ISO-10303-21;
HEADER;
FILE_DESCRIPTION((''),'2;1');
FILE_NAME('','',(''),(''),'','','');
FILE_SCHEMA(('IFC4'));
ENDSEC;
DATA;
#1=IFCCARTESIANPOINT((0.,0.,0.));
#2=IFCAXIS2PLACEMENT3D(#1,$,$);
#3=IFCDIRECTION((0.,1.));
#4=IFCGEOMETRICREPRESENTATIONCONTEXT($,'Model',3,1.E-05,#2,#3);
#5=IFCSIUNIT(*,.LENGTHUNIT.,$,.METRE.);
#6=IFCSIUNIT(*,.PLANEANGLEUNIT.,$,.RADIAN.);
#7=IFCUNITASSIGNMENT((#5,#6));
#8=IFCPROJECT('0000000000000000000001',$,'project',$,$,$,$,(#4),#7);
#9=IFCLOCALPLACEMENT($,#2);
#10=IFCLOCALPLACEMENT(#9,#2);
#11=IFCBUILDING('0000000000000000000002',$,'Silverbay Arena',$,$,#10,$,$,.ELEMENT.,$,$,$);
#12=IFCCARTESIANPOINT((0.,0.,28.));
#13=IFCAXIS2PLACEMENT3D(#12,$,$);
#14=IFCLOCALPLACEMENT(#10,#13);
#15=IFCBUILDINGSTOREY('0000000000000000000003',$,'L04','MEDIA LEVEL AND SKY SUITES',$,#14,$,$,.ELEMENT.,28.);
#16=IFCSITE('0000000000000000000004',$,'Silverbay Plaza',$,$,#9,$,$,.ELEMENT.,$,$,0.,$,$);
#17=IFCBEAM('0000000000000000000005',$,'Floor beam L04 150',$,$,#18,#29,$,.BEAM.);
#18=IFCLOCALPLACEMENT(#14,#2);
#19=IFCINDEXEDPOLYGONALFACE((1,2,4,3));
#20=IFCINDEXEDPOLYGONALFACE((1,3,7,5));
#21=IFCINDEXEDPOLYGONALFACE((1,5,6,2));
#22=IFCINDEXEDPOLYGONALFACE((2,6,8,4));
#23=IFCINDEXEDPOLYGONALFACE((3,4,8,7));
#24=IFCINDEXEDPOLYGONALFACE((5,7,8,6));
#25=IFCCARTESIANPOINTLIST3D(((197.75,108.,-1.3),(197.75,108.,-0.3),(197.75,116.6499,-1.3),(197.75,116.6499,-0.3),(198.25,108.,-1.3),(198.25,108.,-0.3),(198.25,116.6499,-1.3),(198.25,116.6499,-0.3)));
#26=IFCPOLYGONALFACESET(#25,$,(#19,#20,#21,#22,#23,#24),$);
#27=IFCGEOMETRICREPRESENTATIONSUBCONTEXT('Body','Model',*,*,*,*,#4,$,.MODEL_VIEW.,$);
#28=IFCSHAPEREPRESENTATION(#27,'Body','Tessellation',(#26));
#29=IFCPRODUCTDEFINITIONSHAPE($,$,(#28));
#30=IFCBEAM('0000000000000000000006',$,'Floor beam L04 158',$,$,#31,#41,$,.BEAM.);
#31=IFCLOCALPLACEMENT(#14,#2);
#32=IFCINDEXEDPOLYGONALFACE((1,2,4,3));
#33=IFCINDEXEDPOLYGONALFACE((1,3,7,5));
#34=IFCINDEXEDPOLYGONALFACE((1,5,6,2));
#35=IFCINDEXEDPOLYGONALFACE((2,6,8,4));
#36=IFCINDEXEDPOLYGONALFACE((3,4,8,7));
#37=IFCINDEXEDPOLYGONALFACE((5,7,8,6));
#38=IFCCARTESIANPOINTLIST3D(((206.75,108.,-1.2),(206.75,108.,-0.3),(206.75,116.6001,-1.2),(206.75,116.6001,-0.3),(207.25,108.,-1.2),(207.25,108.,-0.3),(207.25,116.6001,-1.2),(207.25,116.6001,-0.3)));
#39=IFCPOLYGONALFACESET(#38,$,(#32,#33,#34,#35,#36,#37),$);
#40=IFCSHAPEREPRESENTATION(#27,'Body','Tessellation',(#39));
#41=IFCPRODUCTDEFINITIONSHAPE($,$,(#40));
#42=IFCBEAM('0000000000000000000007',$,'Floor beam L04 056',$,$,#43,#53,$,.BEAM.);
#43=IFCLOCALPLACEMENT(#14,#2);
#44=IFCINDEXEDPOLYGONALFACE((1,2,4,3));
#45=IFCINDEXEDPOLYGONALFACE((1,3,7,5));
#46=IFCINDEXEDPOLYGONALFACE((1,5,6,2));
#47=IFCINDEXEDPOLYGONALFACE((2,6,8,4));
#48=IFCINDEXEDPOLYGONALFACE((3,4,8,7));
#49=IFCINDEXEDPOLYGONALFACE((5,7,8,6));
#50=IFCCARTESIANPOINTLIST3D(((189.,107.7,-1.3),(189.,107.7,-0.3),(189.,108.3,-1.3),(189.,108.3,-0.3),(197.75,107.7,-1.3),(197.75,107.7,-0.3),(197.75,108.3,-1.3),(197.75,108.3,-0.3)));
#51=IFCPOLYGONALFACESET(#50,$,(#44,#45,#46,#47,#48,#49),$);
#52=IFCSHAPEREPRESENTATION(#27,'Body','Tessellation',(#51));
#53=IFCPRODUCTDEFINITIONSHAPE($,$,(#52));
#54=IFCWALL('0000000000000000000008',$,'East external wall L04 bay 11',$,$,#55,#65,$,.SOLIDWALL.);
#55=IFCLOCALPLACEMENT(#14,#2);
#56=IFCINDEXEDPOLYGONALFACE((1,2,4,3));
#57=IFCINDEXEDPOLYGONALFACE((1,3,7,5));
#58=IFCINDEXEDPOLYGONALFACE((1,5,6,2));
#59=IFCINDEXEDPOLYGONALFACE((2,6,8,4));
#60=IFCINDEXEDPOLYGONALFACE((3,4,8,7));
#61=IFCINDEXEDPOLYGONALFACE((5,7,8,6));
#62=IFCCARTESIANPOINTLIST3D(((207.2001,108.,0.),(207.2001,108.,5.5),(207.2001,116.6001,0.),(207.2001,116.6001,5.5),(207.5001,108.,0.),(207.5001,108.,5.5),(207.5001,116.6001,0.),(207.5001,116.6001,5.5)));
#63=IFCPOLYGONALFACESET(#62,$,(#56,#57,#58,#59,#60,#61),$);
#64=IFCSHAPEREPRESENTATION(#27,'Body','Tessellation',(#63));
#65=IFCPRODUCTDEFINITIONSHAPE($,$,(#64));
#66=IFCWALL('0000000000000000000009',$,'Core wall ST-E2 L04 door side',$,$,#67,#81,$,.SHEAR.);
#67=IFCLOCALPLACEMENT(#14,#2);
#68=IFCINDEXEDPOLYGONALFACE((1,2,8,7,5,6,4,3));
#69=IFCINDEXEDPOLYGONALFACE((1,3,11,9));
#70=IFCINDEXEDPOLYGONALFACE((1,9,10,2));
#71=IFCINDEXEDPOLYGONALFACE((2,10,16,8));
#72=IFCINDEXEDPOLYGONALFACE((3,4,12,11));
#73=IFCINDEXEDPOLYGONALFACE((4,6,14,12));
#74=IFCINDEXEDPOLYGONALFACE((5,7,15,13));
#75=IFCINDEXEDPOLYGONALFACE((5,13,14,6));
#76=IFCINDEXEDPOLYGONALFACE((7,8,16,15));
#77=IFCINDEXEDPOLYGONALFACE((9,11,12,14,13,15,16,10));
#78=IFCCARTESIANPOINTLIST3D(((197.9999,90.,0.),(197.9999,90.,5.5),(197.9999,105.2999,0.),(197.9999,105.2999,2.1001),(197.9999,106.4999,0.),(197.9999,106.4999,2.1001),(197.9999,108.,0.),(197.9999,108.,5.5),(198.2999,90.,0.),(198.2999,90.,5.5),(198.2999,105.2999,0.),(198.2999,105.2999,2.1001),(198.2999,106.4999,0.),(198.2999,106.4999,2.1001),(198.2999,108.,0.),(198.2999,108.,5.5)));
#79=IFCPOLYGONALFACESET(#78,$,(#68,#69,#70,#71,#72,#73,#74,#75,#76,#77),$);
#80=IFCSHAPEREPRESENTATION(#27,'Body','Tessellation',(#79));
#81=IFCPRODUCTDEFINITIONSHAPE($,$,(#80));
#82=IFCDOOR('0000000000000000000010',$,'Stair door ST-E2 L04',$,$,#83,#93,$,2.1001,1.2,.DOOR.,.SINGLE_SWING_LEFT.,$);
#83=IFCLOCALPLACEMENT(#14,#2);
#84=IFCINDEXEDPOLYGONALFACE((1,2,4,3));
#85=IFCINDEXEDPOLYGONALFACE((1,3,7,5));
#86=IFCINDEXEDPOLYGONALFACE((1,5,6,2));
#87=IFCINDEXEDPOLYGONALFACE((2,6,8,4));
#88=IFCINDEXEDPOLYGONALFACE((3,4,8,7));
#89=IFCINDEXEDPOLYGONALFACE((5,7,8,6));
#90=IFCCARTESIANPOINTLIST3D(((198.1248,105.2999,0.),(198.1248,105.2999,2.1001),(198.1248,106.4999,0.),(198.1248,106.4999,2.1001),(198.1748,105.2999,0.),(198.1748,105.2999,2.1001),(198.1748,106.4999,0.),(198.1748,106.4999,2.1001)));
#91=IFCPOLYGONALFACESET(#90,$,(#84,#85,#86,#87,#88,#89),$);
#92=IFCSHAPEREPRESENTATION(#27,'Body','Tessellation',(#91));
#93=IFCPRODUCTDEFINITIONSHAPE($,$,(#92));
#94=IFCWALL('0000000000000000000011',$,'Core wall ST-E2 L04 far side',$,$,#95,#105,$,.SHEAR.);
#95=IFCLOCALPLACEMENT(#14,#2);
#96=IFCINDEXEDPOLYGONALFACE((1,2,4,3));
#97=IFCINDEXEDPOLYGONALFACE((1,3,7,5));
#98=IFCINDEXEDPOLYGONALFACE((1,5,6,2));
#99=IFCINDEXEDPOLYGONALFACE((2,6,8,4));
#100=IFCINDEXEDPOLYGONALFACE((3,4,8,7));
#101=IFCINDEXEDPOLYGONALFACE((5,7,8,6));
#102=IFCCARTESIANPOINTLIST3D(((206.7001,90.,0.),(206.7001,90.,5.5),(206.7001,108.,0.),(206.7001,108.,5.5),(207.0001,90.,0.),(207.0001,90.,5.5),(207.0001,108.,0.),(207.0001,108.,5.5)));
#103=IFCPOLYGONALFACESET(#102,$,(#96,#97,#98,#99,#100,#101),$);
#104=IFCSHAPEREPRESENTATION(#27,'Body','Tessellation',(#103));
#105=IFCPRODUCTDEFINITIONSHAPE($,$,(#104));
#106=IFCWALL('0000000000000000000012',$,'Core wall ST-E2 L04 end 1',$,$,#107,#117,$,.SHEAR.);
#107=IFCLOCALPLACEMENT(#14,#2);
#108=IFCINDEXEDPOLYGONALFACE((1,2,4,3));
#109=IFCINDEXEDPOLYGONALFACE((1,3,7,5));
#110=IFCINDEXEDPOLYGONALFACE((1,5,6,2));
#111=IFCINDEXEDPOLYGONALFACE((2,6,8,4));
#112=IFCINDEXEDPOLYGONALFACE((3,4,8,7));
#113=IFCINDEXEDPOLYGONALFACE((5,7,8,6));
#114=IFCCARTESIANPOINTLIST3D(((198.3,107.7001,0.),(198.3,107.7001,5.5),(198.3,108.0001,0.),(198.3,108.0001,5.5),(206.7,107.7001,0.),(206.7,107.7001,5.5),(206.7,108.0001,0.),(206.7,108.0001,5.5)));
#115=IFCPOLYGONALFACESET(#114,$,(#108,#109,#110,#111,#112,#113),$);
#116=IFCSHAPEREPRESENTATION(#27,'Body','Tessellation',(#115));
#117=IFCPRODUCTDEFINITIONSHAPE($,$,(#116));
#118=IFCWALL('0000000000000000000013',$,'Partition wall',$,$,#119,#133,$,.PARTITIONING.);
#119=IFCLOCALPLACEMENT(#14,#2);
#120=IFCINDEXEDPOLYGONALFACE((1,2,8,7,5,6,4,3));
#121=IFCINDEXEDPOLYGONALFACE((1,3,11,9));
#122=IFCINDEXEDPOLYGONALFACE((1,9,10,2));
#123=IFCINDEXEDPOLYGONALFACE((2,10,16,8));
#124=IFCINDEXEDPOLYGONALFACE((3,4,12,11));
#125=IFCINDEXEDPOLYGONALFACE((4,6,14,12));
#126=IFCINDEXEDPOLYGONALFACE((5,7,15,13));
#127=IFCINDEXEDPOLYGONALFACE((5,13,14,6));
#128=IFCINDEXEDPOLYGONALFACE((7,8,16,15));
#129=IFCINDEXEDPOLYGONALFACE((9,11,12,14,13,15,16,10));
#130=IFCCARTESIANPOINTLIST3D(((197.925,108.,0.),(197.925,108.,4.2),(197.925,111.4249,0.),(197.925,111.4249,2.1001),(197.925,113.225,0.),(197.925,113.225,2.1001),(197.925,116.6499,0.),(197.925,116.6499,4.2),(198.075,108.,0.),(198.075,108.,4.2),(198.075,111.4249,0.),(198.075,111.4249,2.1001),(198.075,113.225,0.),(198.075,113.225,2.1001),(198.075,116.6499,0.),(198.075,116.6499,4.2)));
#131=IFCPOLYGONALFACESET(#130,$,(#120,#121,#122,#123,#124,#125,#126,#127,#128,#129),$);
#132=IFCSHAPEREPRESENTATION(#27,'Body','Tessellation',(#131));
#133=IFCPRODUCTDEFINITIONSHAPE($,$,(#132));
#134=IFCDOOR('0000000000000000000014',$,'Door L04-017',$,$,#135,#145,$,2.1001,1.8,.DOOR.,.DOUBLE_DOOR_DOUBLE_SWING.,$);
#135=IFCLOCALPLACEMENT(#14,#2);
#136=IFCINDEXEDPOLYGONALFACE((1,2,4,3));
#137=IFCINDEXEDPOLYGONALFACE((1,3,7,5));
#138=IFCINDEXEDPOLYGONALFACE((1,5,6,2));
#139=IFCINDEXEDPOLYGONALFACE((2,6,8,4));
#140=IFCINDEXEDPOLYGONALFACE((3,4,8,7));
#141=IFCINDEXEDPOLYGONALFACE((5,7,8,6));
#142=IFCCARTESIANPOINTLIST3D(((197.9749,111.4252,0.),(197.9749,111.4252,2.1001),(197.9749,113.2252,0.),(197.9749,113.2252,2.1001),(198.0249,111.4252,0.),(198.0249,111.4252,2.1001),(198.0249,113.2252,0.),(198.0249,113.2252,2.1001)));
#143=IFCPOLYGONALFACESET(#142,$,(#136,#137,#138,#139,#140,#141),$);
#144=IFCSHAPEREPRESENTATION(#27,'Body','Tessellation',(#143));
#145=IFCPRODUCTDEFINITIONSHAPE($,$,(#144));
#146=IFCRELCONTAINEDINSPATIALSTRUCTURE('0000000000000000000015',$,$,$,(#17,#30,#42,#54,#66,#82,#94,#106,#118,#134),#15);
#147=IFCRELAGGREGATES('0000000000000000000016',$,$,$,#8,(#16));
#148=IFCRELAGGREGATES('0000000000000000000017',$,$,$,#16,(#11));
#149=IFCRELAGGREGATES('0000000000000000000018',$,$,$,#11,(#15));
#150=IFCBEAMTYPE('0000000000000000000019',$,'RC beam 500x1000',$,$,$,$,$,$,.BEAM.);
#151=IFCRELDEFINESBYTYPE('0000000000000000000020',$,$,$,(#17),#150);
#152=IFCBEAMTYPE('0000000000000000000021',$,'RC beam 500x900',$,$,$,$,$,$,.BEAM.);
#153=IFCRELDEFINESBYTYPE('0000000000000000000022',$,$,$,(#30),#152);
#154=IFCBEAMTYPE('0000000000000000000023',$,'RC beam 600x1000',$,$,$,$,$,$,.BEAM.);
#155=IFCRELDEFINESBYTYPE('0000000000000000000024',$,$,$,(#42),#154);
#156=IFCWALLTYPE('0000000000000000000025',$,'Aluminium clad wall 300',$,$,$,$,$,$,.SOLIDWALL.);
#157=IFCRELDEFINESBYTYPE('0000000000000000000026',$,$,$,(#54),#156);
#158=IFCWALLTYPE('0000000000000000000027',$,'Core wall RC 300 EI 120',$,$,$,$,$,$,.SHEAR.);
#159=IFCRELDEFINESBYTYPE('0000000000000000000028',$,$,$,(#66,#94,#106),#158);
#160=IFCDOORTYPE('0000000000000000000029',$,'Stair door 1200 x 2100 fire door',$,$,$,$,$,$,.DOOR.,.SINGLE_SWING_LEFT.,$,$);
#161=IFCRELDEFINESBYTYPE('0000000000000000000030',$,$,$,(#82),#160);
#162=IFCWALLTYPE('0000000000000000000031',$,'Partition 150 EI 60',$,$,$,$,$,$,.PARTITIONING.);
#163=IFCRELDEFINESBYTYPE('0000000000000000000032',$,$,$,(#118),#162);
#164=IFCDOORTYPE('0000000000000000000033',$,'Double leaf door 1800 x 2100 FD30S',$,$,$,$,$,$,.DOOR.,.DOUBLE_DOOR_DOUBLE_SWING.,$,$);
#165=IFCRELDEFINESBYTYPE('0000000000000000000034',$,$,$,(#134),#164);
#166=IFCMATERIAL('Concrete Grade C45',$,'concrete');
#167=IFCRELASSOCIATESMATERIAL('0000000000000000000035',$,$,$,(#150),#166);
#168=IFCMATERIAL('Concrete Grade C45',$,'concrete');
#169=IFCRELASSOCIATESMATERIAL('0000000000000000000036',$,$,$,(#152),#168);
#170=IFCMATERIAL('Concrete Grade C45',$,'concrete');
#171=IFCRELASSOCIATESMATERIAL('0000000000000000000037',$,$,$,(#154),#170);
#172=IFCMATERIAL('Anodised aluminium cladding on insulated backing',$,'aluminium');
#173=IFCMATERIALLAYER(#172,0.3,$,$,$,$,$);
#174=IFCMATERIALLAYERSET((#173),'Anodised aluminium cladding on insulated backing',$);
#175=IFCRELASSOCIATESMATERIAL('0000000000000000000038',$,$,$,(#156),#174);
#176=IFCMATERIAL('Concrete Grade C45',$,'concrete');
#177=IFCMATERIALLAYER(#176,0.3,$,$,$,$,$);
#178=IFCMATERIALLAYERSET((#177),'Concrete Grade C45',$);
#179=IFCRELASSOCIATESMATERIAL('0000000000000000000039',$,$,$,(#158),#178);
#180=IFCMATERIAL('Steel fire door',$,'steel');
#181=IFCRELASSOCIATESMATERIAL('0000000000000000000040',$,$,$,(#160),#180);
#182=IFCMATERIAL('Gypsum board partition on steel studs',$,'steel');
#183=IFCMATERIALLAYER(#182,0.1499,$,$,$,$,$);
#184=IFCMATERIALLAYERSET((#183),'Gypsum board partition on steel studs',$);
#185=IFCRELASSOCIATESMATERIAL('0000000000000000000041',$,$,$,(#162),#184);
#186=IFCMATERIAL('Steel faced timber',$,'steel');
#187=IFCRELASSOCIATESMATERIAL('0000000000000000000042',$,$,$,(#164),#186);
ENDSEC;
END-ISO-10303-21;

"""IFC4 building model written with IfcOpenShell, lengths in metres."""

from ifc_helpers import new_model, si_unit, direction, frame, frame_2d, origin, origin_2d, place, context, subcontext, project, spatial, rectangle, extrude, material, layer, layer_set, material_profile, profile_set, type_object, element, fill, save


model = new_model("IFC4")

# Units and contexts
model_context = context("Model", 3, precision=1e-05, world=origin(), true_north=direction((0.0, 1.0)))
body_context = subcontext(model_context, "Body", "Model", "MODEL_VIEW")
ifc_project = project(units=[si_unit("LENGTHUNIT", "METRE"), si_unit("PLANEANGLEUNIT", "RADIAN")], contexts=[model_context])

# Site, building, storey
site_placement = place(None, origin())
site = spatial("IfcSite", under=ifc_project, at=site_placement, Name="Silverbay Plaza", CompositionType="ELEMENT", RefElevation=0.0)
building_placement = place(site_placement, origin())
building = spatial("IfcBuilding", under=site, at=building_placement, Name="Silverbay Arena", CompositionType="ELEMENT")
storey_placement = place(building_placement, frame((0.0, 0.0, 28.0)))
storey = spatial("IfcBuildingStorey", under=building, at=storey_placement, Name="L04", Description="MEDIA LEVEL AND SKY SUITES", CompositionType="ELEMENT", Elevation=28.0)

# Beams
ifc_material_1 = material(Name="Concrete Grade C45", Category="concrete")
ifc_material_profile_1 = material_profile(ifc_material_1, rectangle(XDim=0.5, YDim=1.0, at=origin_2d()), Name="RC 500x1000")
ifc_profile_set_1 = profile_set([ifc_material_profile_1], Name="Concrete Grade C45")
beam_type_1 = type_object("IfcBeamType", Name="RC beam 500x1000", PredefinedType="BEAM", material=ifc_profile_set_1)
beam_1_placement = place(storey_placement, frame((198.0, 108.0, -0.8), z_axis=(0.0, 1.0, 0.0), x_axis=(-1.0, 0.0, 0.0)))
element("IfcBeam", 1, at=beam_1_placement, inside=storey, type_object=beam_type_1, Name="Floor beam L04 150", PredefinedType="BEAM", context=body_context, shape_type="SweptSolid", body=[
    extrude(rectangle(XDim=0.5, YDim=1.0, at=origin_2d()), origin(), (0.0, 0.0, 1.0), 8.6499),
])
ifc_material_2 = material(Name="Concrete Grade C45", Category="concrete")
ifc_material_profile_2 = material_profile(ifc_material_2, rectangle(XDim=0.5, YDim=0.8999, at=origin_2d()), Name="RC 500x900")
ifc_profile_set_2 = profile_set([ifc_material_profile_2], Name="Concrete Grade C45")
beam_type_2 = type_object("IfcBeamType", Name="RC beam 500x900", PredefinedType="BEAM", material=ifc_profile_set_2)
beam_2_placement = place(storey_placement, frame((207.0, 108.0, -0.75), z_axis=(0.0, 1.0, 0.0), x_axis=(-1.0, 0.0, 0.0)))
element("IfcBeam", 2, at=beam_2_placement, inside=storey, type_object=beam_type_2, Name="Floor beam L04 158", PredefinedType="BEAM", context=body_context, shape_type="SweptSolid", body=[
    extrude(rectangle(XDim=0.5, YDim=0.8999, at=origin_2d()), origin(), (0.0, 0.0, 1.0), 8.6001),
])
ifc_material_3 = material(Name="Concrete Grade C45", Category="concrete")
ifc_material_profile_3 = material_profile(ifc_material_3, rectangle(XDim=0.6001, YDim=1.0, at=origin_2d()), Name="RC 600x1000")
ifc_profile_set_3 = profile_set([ifc_material_profile_3], Name="Concrete Grade C45")
beam_type_3 = type_object("IfcBeamType", Name="RC beam 600x1000", PredefinedType="BEAM", material=ifc_profile_set_3)
beam_3_placement = place(storey_placement, frame((189.0, 108.0, -0.8), z_axis=(1.0, 0.0, 0.0), x_axis=(0.0, 1.0, 0.0)))
element("IfcBeam", 3, at=beam_3_placement, inside=storey, type_object=beam_type_3, Name="Floor beam L04 056", PredefinedType="BEAM", context=body_context, shape_type="SweptSolid", body=[
    extrude(rectangle(XDim=0.6001, YDim=1.0, at=origin_2d()), origin(), (0.0, 0.0, 1.0), 8.75),
])

# Wall
ifc_material_4 = material(Name="Anodised aluminium cladding on insulated backing", Category="aluminium")
ifc_layer_1 = layer(ifc_material_4, 0.3)
ifc_layer_set_1 = layer_set([ifc_layer_1], Name="Anodised aluminium cladding on insulated backing")
wall_type_1 = type_object("IfcWallType", Name="Aluminium clad wall 300", PredefinedType="SOLIDWALL", material=ifc_layer_set_1)
wall_1_placement = place(storey_placement, frame((207.3501, 108.0, 0.0), z_axis=(0.0, 0.0, 1.0), x_axis=(0.0, 1.0, 0.0)))
element("IfcWall", 4, at=wall_1_placement, inside=storey, type_object=wall_type_1, Name="East external wall L04 bay 11", PredefinedType="SOLIDWALL", context=body_context, shape_type="SweptSolid", body=[
    extrude(rectangle(XDim=8.6001, YDim=0.3, at=frame_2d((4.3, 0.0))), origin(), (0.0, 0.0, 1.0), 5.5),
])

# Wall, opening, door
ifc_material_5 = material(Name="Concrete Grade C45", Category="concrete")
ifc_layer_2 = layer(ifc_material_5, 0.3)
ifc_layer_set_2 = layer_set([ifc_layer_2], Name="Concrete Grade C45")
wall_type_2 = type_object("IfcWallType", Name="Core wall RC 300 EI 120", PredefinedType="SHEAR", material=ifc_layer_set_2)
wall_2_placement = place(storey_placement, frame((198.1499, 108.0, 0.0), z_axis=(0.0, 0.0, 1.0), x_axis=(0.0, -1.0, 0.0)))
wall_2 = element("IfcWall", 5, at=wall_2_placement, inside=storey, type_object=wall_type_2, Name="Core wall ST-E2 L04 door side", PredefinedType="SHEAR", context=body_context, shape_type="SweptSolid", body=[
    extrude(rectangle(XDim=18.0, YDim=0.3, at=frame_2d((9.0, 0.0))), origin(), (0.0, 0.0, 1.0), 5.5),
])
opening_1_placement = place(wall_2_placement, frame((1.5, 0.0, 0.0)))
opening_1 = element("IfcOpeningElement", 6, at=opening_1_placement, cuts=wall_2, PredefinedType="OPENING", context=body_context, shape_type="SweptSolid", body=[
    extrude(rectangle(XDim=1.2, YDim=2.1001, at=frame_2d((0.6001, 1.05))), frame((0.0, 0.1602, 0.0), z_axis=(0.0, -1.0, 0.0), x_axis=(1.0, 0.0, 0.0)), (0.0, 0.0, 1.0), 0.3201),
])
ifc_material_6 = material(Name="Steel fire door", Category="steel")
door_type_1 = type_object("IfcDoorType", Name="Stair door 1200 x 2100 fire door", OperationType="SINGLE_SWING_LEFT", PredefinedType="DOOR", material=ifc_material_6)
door_1_placement = place(opening_1_placement, origin())
door_1 = element("IfcDoor", 7, at=door_1_placement, inside=storey, type_object=door_type_1, Name="Stair door ST-E2 L04", OperationType="SINGLE_SWING_LEFT", OverallHeight=2.1001, OverallWidth=1.2, PredefinedType="DOOR", context=body_context, shape_type="SweptSolid", body=[
    extrude(rectangle(XDim=1.2, YDim=2.1001, at=frame_2d((0.6001, 1.05))), frame((0.0, 0.0249, 0.0), z_axis=(0.0, -1.0, 0.0), x_axis=(1.0, 0.0, 0.0)), (0.0, 0.0, 1.0), 0.05),
])
fill(opening_1, door_1)

# Walls
wall_3_placement = place(storey_placement, frame((206.8501, 108.0, 0.0), z_axis=(0.0, 0.0, 1.0), x_axis=(0.0, -1.0, 0.0)))
element("IfcWall", 8, at=wall_3_placement, inside=storey, type_object=wall_type_2, Name="Core wall ST-E2 L04 far side", PredefinedType="SHEAR", context=body_context, shape_type="SweptSolid", body=[
    extrude(rectangle(XDim=18.0, YDim=0.3, at=frame_2d((9.0, 0.0))), origin(), (0.0, 0.0, 1.0), 5.5),
])
wall_4_placement = place(storey_placement, frame((198.3, 107.8501, 0.0), z_axis=(0.0, 0.0, 1.0), x_axis=(1.0, 0.0, 0.0)))
element("IfcWall", 9, at=wall_4_placement, inside=storey, type_object=wall_type_2, Name="Core wall ST-E2 L04 end 1", PredefinedType="SHEAR", context=body_context, shape_type="SweptSolid", body=[
    extrude(rectangle(XDim=8.3999, YDim=0.3, at=frame_2d((4.2, 0.0))), origin(), (0.0, 0.0, 1.0), 5.5),
])

# Wall, opening, door
ifc_material_7 = material(Name="Gypsum board partition on steel studs", Category="steel")
ifc_layer_3 = layer(ifc_material_7, 0.1499)
ifc_layer_set_3 = layer_set([ifc_layer_3], Name="Gypsum board partition on steel studs")
wall_type_3 = type_object("IfcWallType", Name="Partition 150 EI 60", PredefinedType="PARTITIONING", material=ifc_layer_set_3)
wall_5_placement = place(storey_placement, frame((198.0, 108.0, 0.0), z_axis=(0.0, 0.0, 1.0), x_axis=(0.0, 1.0, 0.0)))
wall_5 = element("IfcWall", 10, at=wall_5_placement, inside=storey, type_object=wall_type_3, Name="Partition wall", PredefinedType="PARTITIONING", context=body_context, shape_type="SweptSolid", body=[
    extrude(rectangle(XDim=8.6499, YDim=0.1499, at=frame_2d((4.325, 0.0))), origin(), (0.0, 0.0, 1.0), 4.2),
])
opening_2_placement = place(wall_5_placement, frame((3.425, 0.0, 0.0)))
opening_2 = element("IfcOpeningElement", 11, at=opening_2_placement, cuts=wall_5, PredefinedType="OPENING", context=body_context, shape_type="SweptSolid", body=[
    extrude(rectangle(XDim=1.8, YDim=2.1001, at=frame_2d((0.8999, 1.05))), frame((0.0, 0.085, 0.0), z_axis=(0.0, -1.0, 0.0), x_axis=(1.0, 0.0, 0.0)), (0.0, 0.0, 1.0), 0.1699),
])
ifc_material_8 = material(Name="Steel faced timber", Category="steel")
door_type_2 = type_object("IfcDoorType", Name="Double leaf door 1800 x 2100 FD30S", OperationType="DOUBLE_DOOR_DOUBLE_SWING", PredefinedType="DOOR", material=ifc_material_8)
door_2_placement = place(opening_2_placement, frame((1.8, 0.0, 0.0), z_axis=(0.0, 0.0, 1.0), x_axis=(-1.0, 0.0, 0.0)))
door_2 = element("IfcDoor", 12, at=door_2_placement, inside=storey, type_object=door_type_2, Name="Door L04-017", OperationType="DOUBLE_DOOR_DOUBLE_SWING", OverallHeight=2.1001, OverallWidth=1.8, PredefinedType="DOOR", context=body_context, shape_type="SweptSolid", body=[
    extrude(rectangle(XDim=1.8, YDim=2.1001, at=frame_2d((0.8999, 1.05))), frame((0.0, 0.0249, 0.0), z_axis=(0.0, -1.0, 0.0), x_axis=(1.0, 0.0, 0.0)), (0.0, 0.0, 1.0), 0.05),
])
fill(opening_2, door_2)

save(model, "model.ifc")
